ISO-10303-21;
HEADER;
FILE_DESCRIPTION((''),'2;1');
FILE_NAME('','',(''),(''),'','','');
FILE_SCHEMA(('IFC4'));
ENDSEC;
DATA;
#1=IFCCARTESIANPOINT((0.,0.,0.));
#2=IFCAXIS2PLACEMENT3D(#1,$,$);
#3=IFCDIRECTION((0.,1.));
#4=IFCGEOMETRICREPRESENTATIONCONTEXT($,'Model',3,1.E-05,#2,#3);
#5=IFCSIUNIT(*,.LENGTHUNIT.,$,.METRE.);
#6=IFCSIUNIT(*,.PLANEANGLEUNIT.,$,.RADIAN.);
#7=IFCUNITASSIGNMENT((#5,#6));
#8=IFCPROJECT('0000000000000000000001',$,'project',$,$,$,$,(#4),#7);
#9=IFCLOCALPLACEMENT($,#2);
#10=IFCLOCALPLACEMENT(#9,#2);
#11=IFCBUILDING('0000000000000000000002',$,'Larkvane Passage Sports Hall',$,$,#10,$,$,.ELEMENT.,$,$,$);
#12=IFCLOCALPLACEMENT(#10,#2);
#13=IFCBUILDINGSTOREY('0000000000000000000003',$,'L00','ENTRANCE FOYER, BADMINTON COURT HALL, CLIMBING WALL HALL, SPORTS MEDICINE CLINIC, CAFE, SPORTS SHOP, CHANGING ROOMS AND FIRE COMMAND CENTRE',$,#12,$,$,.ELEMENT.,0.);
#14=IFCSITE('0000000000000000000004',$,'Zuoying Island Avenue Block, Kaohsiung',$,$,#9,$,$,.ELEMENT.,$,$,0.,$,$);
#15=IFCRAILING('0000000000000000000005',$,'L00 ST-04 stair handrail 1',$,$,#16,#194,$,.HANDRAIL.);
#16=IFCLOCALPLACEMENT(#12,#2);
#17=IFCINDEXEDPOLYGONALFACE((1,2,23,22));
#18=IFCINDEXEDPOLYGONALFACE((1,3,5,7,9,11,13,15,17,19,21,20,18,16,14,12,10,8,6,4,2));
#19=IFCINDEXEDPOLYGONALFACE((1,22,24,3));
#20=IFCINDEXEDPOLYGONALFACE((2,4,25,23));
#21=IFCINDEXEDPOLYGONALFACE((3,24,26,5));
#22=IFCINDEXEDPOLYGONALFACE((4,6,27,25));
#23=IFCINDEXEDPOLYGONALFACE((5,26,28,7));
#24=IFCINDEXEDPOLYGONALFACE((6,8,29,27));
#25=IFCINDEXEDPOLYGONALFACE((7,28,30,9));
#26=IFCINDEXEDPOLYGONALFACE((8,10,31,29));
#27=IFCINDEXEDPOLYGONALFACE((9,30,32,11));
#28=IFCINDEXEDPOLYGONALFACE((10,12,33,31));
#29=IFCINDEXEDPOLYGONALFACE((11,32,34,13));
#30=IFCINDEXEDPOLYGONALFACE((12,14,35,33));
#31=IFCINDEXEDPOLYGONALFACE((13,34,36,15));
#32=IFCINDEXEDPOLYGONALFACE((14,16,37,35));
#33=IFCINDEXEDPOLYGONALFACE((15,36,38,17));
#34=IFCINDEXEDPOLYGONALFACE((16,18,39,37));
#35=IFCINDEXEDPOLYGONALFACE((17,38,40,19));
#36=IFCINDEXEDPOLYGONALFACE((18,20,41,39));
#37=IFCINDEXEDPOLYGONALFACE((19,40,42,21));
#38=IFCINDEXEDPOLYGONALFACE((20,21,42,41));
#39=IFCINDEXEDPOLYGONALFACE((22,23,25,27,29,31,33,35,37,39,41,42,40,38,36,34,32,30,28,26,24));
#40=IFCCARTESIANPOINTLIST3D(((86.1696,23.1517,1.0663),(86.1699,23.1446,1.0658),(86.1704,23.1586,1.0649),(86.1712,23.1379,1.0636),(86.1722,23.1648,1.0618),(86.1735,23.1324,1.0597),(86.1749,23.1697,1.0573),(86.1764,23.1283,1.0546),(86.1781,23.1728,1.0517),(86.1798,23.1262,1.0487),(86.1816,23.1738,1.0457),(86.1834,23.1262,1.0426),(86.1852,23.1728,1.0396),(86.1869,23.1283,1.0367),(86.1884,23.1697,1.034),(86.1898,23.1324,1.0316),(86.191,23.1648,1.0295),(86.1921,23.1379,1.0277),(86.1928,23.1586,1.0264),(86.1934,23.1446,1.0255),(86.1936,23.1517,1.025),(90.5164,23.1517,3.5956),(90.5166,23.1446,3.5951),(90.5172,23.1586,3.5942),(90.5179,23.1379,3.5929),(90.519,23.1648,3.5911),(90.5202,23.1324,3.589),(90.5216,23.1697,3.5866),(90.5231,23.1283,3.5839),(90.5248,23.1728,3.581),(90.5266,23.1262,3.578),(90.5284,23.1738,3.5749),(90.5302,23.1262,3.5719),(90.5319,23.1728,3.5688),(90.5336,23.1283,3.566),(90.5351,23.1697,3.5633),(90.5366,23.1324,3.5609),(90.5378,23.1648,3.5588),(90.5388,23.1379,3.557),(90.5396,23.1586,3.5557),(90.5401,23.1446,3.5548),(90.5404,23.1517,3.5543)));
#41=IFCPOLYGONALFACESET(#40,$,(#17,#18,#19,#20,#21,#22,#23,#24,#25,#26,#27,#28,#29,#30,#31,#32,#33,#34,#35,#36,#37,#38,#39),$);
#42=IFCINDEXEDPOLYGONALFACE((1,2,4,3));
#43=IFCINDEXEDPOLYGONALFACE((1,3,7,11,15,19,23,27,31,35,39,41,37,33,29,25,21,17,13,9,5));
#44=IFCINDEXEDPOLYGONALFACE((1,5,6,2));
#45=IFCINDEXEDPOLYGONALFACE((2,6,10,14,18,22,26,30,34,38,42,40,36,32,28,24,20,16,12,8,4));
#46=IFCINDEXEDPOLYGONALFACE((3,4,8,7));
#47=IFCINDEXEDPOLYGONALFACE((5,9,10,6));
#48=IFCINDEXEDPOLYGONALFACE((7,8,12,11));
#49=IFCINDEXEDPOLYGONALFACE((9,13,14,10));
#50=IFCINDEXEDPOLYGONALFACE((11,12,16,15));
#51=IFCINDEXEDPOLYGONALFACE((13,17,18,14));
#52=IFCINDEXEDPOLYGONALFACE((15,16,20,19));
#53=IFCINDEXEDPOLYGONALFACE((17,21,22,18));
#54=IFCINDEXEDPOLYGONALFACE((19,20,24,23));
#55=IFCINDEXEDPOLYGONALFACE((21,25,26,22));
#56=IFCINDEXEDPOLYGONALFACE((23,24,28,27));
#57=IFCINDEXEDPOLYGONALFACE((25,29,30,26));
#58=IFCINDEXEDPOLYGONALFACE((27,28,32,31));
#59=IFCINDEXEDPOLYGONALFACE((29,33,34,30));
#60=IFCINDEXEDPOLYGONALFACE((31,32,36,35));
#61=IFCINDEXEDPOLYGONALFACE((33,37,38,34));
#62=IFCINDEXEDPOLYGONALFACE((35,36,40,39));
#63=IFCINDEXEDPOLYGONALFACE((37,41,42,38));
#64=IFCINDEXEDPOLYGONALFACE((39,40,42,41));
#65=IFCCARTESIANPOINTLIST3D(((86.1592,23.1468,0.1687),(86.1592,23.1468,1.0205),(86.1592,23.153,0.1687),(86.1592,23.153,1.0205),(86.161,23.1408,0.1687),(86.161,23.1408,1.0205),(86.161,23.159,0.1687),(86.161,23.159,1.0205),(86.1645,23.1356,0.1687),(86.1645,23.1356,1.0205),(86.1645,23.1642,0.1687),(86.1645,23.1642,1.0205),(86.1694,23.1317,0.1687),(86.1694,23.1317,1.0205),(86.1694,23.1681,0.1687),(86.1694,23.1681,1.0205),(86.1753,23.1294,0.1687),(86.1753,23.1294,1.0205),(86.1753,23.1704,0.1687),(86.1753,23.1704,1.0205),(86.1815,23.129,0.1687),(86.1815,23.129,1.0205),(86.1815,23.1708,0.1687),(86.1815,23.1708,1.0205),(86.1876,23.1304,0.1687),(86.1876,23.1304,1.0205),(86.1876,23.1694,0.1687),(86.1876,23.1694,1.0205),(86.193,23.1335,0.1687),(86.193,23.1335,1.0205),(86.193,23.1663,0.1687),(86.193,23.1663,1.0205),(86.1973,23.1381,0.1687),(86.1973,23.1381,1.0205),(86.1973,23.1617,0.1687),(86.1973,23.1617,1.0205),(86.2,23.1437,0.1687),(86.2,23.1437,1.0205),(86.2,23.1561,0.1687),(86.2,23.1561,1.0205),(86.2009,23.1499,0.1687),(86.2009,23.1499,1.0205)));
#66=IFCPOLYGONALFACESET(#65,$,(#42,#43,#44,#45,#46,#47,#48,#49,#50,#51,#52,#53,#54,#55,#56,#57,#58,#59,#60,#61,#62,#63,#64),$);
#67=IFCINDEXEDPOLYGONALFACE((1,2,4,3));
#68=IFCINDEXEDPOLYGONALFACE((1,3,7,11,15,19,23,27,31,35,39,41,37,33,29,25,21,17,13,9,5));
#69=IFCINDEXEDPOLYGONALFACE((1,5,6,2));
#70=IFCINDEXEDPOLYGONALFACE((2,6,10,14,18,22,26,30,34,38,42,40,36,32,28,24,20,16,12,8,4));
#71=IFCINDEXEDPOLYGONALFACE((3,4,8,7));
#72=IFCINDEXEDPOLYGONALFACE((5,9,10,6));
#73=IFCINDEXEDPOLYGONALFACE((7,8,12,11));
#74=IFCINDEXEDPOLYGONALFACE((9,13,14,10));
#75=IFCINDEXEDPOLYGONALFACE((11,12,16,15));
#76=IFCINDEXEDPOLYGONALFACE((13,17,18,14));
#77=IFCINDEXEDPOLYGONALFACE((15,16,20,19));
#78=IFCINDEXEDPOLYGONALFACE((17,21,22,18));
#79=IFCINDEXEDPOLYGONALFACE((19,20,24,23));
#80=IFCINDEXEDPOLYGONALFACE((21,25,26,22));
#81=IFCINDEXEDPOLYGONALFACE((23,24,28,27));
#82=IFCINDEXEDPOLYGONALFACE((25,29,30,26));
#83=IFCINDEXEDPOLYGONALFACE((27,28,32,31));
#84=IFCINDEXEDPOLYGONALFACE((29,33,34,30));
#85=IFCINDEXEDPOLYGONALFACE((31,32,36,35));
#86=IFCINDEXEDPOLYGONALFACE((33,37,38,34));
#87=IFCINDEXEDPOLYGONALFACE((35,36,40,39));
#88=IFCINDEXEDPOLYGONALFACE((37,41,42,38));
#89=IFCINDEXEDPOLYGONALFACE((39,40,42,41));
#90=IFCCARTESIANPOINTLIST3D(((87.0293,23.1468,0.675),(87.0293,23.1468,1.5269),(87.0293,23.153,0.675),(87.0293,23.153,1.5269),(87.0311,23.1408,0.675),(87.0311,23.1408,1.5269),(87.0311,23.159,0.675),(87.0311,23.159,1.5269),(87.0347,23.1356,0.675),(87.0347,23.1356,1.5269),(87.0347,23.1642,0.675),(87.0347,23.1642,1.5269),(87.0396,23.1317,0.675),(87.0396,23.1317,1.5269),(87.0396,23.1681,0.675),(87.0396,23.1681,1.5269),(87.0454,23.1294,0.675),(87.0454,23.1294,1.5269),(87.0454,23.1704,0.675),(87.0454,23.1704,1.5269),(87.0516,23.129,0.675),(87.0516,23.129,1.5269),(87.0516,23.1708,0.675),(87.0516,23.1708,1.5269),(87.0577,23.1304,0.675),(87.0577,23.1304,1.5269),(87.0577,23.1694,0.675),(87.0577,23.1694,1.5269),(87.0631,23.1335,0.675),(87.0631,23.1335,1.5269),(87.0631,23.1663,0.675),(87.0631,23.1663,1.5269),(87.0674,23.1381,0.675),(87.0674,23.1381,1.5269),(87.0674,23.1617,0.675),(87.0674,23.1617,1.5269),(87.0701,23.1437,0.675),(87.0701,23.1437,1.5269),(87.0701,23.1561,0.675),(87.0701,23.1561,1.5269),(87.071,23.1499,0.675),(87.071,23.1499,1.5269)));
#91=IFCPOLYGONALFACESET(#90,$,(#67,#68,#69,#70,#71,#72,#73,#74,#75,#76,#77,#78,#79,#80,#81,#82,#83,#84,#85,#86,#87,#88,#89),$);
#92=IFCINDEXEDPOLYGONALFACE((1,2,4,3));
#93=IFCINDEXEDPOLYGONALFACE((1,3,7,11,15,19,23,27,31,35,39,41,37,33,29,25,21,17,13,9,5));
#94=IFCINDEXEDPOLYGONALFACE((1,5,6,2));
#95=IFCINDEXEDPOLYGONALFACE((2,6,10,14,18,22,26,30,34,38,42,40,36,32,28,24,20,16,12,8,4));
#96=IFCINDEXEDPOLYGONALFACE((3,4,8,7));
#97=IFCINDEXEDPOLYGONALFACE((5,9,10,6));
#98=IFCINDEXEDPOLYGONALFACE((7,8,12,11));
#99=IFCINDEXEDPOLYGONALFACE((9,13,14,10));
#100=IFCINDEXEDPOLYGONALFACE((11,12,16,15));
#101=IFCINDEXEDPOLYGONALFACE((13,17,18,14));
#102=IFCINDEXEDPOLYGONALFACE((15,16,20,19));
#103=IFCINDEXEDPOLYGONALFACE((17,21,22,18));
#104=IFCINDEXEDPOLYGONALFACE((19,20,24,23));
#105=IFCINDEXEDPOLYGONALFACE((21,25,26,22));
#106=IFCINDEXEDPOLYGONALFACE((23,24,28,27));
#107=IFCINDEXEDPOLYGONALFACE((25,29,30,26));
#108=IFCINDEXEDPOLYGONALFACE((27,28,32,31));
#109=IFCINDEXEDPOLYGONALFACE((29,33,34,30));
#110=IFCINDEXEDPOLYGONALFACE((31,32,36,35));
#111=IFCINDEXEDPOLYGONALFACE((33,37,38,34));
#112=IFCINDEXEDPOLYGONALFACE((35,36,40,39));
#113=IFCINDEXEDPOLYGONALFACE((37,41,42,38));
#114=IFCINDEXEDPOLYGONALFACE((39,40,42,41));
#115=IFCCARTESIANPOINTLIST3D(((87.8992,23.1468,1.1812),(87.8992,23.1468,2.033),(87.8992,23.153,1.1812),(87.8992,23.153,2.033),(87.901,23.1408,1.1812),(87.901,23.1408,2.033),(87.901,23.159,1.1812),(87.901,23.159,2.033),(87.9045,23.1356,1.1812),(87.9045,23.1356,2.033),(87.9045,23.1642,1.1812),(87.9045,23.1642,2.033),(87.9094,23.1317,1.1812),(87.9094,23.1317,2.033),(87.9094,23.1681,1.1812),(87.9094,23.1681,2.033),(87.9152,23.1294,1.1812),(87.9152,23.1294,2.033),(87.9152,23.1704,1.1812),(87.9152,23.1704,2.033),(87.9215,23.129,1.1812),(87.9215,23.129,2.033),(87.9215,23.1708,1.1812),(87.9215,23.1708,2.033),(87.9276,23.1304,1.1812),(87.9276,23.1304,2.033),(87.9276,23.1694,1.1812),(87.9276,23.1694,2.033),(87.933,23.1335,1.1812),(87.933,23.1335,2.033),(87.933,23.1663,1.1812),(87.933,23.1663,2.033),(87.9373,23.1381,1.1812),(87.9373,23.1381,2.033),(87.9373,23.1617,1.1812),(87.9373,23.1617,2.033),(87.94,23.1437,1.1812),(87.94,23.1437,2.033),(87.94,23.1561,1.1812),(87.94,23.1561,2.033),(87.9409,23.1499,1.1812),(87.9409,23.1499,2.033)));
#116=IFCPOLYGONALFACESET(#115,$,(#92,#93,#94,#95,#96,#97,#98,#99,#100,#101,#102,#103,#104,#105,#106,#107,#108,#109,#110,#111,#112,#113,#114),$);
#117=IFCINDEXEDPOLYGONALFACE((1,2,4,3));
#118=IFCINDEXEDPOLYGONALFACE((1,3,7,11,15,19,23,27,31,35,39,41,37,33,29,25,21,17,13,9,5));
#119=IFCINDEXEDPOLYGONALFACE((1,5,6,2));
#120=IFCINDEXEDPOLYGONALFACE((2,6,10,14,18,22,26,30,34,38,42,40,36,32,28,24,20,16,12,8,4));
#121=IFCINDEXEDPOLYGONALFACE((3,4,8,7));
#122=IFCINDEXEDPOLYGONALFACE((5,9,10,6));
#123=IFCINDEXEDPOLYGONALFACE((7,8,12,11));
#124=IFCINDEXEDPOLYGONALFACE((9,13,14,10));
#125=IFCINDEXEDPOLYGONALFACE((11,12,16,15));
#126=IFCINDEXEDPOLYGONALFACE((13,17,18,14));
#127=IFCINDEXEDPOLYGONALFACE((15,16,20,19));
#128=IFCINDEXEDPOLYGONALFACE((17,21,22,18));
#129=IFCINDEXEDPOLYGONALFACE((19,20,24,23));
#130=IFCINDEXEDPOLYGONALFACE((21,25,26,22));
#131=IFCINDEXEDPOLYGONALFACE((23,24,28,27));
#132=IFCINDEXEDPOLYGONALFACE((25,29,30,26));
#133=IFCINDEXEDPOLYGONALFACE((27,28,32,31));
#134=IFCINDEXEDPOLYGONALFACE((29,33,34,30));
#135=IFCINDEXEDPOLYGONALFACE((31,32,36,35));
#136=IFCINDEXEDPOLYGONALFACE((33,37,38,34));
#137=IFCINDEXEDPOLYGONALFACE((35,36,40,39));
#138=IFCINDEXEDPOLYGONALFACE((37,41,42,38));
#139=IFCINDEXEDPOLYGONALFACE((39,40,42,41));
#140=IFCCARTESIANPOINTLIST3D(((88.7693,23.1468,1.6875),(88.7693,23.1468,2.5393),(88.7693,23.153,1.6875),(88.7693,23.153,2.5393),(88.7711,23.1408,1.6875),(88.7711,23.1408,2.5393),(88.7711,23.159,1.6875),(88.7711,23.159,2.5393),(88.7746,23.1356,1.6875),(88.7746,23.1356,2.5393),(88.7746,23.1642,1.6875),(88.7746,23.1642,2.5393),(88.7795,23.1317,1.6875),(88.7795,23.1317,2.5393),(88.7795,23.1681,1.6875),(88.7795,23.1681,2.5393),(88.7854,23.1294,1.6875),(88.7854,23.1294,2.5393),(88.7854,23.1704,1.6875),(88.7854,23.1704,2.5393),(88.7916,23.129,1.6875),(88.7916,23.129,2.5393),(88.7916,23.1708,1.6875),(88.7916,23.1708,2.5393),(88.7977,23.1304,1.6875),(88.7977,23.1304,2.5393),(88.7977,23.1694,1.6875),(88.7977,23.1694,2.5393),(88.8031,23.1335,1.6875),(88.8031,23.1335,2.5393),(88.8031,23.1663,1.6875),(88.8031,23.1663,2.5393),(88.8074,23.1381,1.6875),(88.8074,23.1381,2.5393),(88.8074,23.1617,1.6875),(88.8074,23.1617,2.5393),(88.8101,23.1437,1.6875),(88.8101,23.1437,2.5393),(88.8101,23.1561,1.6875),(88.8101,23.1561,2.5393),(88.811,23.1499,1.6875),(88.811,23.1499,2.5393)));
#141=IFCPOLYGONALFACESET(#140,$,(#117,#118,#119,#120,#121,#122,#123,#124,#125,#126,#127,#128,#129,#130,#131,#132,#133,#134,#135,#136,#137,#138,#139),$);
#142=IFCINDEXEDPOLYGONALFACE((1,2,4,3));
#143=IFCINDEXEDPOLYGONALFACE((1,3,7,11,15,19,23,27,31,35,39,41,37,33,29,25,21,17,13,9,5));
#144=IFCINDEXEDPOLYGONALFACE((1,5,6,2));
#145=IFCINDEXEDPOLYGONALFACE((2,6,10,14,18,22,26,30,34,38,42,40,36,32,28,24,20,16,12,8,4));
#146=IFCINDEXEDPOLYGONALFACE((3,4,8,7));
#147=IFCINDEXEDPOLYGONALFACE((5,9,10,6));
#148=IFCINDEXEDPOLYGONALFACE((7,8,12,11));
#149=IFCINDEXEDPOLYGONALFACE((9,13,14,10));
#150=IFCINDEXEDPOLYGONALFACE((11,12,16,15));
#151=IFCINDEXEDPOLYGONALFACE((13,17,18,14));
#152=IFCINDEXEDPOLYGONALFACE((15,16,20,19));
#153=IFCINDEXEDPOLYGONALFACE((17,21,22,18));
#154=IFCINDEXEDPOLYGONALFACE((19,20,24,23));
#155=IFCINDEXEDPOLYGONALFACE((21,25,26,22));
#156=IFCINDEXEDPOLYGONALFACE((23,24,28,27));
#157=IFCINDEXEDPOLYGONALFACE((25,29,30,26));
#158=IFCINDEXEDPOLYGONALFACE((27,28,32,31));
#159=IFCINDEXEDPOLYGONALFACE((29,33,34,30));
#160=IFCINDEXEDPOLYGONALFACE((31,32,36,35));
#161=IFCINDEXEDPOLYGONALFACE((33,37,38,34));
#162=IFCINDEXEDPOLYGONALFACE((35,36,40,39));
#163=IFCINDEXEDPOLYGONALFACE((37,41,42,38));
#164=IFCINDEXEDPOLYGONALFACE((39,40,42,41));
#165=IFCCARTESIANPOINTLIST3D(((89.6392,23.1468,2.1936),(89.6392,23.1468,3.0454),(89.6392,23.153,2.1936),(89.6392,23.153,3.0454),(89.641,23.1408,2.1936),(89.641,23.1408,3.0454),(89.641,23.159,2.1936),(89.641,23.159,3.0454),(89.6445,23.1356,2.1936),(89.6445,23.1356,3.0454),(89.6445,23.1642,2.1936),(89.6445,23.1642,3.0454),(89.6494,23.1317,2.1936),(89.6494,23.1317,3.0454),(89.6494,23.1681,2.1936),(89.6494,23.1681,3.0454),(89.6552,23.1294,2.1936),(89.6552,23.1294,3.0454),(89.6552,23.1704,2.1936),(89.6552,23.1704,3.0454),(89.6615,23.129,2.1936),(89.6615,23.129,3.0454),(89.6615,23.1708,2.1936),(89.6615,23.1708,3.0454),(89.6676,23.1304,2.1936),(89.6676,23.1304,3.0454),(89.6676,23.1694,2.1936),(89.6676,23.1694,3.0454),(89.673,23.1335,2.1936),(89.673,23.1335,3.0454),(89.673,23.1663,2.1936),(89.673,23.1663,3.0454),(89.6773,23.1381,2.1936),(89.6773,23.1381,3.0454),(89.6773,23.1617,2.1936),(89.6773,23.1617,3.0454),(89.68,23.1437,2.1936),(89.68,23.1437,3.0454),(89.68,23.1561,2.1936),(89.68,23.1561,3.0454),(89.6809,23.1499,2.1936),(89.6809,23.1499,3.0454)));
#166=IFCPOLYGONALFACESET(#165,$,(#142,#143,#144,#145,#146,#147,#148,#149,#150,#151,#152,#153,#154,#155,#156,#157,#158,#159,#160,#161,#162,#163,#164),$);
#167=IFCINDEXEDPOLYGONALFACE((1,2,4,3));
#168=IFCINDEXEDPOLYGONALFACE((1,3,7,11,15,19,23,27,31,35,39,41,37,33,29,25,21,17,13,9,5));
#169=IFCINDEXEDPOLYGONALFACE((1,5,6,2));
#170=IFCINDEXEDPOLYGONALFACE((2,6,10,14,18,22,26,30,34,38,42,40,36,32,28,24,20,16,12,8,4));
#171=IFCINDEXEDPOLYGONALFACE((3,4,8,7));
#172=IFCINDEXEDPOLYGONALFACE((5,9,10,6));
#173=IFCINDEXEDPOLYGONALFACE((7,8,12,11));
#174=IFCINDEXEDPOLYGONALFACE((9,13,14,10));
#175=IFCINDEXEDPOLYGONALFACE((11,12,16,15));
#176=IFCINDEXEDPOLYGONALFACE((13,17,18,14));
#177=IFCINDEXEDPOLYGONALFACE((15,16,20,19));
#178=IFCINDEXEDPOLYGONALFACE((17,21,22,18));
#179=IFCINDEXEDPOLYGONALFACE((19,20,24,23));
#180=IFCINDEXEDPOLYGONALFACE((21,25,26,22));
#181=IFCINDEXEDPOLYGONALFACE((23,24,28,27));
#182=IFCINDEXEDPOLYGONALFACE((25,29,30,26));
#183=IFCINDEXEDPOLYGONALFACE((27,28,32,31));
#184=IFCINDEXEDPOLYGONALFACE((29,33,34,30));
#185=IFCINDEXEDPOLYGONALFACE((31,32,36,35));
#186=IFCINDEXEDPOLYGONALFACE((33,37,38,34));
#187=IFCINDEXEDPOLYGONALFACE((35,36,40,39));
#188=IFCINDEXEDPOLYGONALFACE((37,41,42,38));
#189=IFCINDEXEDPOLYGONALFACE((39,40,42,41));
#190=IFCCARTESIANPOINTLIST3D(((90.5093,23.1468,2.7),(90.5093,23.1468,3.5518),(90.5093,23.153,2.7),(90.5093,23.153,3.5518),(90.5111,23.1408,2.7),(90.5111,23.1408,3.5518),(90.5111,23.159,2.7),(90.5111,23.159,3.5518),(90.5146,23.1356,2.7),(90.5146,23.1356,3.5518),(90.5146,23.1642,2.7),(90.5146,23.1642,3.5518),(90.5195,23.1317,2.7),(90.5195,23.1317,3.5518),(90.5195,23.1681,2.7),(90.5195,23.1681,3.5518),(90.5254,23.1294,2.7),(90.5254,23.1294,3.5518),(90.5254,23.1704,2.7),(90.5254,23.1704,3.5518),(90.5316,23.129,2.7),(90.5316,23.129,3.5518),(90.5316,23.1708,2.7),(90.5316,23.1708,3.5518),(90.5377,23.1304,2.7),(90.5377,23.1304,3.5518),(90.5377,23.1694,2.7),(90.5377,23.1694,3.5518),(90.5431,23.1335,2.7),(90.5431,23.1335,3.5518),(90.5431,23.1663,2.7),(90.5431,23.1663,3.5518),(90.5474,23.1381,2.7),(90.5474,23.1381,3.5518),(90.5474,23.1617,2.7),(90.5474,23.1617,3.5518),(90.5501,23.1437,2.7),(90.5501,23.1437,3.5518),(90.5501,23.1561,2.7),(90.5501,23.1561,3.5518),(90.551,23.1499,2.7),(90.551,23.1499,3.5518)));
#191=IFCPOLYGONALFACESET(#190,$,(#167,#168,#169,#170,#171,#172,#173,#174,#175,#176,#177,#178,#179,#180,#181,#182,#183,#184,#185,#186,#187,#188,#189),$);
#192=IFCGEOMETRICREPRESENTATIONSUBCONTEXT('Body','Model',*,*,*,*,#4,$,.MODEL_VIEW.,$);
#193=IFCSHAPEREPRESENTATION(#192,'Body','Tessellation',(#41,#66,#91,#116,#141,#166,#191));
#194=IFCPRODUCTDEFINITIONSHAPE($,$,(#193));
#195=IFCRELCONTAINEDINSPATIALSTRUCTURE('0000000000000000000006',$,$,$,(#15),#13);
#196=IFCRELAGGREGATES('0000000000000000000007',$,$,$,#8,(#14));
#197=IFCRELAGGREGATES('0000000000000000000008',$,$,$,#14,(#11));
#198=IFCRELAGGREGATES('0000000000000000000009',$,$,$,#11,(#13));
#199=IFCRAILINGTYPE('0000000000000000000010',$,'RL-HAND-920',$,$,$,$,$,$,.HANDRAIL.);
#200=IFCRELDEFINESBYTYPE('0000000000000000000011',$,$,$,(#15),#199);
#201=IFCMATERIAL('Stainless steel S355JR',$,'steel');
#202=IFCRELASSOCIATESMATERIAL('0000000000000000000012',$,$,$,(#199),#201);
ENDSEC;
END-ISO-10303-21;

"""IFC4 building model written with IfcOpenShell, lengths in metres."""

from ifc_helpers import new_model, si_unit, direction, frame, origin, origin_2d, place, context, subcontext, project, spatial, circle, extrude, material, type_object, element, save


model = new_model("IFC4")

# Units and contexts
model_context = context("Model", 3, precision=1e-05, world=origin(), true_north=direction((0.0, 1.0)))
body_context = subcontext(model_context, "Body", "Model", "MODEL_VIEW")
ifc_project = project(units=[si_unit("LENGTHUNIT", "METRE"), si_unit("PLANEANGLEUNIT", "RADIAN")], contexts=[model_context])

# Site, building, storey
site_placement = place(None, origin())
site = spatial("IfcSite", under=ifc_project, at=site_placement, Name="Zuoying Island Avenue Block, Kaohsiung", CompositionType="ELEMENT", RefElevation=0.0)
building_placement = place(site_placement, origin())
building = spatial("IfcBuilding", under=site, at=building_placement, Name="Larkvane Passage Sports Hall", CompositionType="ELEMENT")
storey_placement = place(building_placement, origin())
storey = spatial("IfcBuildingStorey", under=building, at=storey_placement, Name="L00", Description="ENTRANCE FOYER, BADMINTON COURT HALL, CLIMBING WALL HALL, SPORTS MEDICINE CLINIC, CAFE, SPORTS SHOP, CHANGING ROOMS AND FIRE COMMAND CENTRE", CompositionType="ELEMENT", Elevation=0.0)

# Railing
ifc_material_1 = material(Name="Stainless steel S355JR", Category="steel")
railing_type_1 = type_object("IfcRailingType", Name="RL-HAND-920", PredefinedType="HANDRAIL", material=ifc_material_1)
railing_1_placement = place(storey_placement, frame((86.1799, 23.1499, 0.1687)))
element("IfcRailing", 1, at=railing_1_placement, inside=storey, type_object=railing_type_1, Name="L00 ST-04 stair handrail 1", PredefinedType="HANDRAIL", context=body_context, shape_type="SweptSolid", body=[
    extrude(circle(Radius=0.0239, at=origin_2d()), frame((0.0017, 0.0, 0.877), z_axis=(0.864324, 0.0, 0.502936), x_axis=(0.0, 1.0, 0.0)), (0.0, 0.0, 1.0), 5.0291),
    extrude(circle(Radius=0.021, at=origin_2d()), origin(), (0.0, 0.0, 1.0), 0.8518),
    extrude(circle(Radius=0.021, at=origin_2d()), frame((0.8701, 0.0, 0.5063)), (0.0, 0.0, 1.0), 0.8518),
    extrude(circle(Radius=0.021, at=origin_2d()), frame((1.74, 0.0, 1.0125)), (0.0, 0.0, 1.0), 0.8518),
    extrude(circle(Radius=0.021, at=origin_2d()), frame((2.6101, 0.0, 1.5188)), (0.0, 0.0, 1.0), 0.8518),
    extrude(circle(Radius=0.021, at=origin_2d()), frame((3.48, 0.0, 2.0249)), (0.0, 0.0, 1.0), 0.8518),
    extrude(circle(Radius=0.021, at=origin_2d()), frame((4.3501, 0.0, 2.5312)), (0.0, 0.0, 1.0), 0.8518),
])

save(model, "model.ifc")
